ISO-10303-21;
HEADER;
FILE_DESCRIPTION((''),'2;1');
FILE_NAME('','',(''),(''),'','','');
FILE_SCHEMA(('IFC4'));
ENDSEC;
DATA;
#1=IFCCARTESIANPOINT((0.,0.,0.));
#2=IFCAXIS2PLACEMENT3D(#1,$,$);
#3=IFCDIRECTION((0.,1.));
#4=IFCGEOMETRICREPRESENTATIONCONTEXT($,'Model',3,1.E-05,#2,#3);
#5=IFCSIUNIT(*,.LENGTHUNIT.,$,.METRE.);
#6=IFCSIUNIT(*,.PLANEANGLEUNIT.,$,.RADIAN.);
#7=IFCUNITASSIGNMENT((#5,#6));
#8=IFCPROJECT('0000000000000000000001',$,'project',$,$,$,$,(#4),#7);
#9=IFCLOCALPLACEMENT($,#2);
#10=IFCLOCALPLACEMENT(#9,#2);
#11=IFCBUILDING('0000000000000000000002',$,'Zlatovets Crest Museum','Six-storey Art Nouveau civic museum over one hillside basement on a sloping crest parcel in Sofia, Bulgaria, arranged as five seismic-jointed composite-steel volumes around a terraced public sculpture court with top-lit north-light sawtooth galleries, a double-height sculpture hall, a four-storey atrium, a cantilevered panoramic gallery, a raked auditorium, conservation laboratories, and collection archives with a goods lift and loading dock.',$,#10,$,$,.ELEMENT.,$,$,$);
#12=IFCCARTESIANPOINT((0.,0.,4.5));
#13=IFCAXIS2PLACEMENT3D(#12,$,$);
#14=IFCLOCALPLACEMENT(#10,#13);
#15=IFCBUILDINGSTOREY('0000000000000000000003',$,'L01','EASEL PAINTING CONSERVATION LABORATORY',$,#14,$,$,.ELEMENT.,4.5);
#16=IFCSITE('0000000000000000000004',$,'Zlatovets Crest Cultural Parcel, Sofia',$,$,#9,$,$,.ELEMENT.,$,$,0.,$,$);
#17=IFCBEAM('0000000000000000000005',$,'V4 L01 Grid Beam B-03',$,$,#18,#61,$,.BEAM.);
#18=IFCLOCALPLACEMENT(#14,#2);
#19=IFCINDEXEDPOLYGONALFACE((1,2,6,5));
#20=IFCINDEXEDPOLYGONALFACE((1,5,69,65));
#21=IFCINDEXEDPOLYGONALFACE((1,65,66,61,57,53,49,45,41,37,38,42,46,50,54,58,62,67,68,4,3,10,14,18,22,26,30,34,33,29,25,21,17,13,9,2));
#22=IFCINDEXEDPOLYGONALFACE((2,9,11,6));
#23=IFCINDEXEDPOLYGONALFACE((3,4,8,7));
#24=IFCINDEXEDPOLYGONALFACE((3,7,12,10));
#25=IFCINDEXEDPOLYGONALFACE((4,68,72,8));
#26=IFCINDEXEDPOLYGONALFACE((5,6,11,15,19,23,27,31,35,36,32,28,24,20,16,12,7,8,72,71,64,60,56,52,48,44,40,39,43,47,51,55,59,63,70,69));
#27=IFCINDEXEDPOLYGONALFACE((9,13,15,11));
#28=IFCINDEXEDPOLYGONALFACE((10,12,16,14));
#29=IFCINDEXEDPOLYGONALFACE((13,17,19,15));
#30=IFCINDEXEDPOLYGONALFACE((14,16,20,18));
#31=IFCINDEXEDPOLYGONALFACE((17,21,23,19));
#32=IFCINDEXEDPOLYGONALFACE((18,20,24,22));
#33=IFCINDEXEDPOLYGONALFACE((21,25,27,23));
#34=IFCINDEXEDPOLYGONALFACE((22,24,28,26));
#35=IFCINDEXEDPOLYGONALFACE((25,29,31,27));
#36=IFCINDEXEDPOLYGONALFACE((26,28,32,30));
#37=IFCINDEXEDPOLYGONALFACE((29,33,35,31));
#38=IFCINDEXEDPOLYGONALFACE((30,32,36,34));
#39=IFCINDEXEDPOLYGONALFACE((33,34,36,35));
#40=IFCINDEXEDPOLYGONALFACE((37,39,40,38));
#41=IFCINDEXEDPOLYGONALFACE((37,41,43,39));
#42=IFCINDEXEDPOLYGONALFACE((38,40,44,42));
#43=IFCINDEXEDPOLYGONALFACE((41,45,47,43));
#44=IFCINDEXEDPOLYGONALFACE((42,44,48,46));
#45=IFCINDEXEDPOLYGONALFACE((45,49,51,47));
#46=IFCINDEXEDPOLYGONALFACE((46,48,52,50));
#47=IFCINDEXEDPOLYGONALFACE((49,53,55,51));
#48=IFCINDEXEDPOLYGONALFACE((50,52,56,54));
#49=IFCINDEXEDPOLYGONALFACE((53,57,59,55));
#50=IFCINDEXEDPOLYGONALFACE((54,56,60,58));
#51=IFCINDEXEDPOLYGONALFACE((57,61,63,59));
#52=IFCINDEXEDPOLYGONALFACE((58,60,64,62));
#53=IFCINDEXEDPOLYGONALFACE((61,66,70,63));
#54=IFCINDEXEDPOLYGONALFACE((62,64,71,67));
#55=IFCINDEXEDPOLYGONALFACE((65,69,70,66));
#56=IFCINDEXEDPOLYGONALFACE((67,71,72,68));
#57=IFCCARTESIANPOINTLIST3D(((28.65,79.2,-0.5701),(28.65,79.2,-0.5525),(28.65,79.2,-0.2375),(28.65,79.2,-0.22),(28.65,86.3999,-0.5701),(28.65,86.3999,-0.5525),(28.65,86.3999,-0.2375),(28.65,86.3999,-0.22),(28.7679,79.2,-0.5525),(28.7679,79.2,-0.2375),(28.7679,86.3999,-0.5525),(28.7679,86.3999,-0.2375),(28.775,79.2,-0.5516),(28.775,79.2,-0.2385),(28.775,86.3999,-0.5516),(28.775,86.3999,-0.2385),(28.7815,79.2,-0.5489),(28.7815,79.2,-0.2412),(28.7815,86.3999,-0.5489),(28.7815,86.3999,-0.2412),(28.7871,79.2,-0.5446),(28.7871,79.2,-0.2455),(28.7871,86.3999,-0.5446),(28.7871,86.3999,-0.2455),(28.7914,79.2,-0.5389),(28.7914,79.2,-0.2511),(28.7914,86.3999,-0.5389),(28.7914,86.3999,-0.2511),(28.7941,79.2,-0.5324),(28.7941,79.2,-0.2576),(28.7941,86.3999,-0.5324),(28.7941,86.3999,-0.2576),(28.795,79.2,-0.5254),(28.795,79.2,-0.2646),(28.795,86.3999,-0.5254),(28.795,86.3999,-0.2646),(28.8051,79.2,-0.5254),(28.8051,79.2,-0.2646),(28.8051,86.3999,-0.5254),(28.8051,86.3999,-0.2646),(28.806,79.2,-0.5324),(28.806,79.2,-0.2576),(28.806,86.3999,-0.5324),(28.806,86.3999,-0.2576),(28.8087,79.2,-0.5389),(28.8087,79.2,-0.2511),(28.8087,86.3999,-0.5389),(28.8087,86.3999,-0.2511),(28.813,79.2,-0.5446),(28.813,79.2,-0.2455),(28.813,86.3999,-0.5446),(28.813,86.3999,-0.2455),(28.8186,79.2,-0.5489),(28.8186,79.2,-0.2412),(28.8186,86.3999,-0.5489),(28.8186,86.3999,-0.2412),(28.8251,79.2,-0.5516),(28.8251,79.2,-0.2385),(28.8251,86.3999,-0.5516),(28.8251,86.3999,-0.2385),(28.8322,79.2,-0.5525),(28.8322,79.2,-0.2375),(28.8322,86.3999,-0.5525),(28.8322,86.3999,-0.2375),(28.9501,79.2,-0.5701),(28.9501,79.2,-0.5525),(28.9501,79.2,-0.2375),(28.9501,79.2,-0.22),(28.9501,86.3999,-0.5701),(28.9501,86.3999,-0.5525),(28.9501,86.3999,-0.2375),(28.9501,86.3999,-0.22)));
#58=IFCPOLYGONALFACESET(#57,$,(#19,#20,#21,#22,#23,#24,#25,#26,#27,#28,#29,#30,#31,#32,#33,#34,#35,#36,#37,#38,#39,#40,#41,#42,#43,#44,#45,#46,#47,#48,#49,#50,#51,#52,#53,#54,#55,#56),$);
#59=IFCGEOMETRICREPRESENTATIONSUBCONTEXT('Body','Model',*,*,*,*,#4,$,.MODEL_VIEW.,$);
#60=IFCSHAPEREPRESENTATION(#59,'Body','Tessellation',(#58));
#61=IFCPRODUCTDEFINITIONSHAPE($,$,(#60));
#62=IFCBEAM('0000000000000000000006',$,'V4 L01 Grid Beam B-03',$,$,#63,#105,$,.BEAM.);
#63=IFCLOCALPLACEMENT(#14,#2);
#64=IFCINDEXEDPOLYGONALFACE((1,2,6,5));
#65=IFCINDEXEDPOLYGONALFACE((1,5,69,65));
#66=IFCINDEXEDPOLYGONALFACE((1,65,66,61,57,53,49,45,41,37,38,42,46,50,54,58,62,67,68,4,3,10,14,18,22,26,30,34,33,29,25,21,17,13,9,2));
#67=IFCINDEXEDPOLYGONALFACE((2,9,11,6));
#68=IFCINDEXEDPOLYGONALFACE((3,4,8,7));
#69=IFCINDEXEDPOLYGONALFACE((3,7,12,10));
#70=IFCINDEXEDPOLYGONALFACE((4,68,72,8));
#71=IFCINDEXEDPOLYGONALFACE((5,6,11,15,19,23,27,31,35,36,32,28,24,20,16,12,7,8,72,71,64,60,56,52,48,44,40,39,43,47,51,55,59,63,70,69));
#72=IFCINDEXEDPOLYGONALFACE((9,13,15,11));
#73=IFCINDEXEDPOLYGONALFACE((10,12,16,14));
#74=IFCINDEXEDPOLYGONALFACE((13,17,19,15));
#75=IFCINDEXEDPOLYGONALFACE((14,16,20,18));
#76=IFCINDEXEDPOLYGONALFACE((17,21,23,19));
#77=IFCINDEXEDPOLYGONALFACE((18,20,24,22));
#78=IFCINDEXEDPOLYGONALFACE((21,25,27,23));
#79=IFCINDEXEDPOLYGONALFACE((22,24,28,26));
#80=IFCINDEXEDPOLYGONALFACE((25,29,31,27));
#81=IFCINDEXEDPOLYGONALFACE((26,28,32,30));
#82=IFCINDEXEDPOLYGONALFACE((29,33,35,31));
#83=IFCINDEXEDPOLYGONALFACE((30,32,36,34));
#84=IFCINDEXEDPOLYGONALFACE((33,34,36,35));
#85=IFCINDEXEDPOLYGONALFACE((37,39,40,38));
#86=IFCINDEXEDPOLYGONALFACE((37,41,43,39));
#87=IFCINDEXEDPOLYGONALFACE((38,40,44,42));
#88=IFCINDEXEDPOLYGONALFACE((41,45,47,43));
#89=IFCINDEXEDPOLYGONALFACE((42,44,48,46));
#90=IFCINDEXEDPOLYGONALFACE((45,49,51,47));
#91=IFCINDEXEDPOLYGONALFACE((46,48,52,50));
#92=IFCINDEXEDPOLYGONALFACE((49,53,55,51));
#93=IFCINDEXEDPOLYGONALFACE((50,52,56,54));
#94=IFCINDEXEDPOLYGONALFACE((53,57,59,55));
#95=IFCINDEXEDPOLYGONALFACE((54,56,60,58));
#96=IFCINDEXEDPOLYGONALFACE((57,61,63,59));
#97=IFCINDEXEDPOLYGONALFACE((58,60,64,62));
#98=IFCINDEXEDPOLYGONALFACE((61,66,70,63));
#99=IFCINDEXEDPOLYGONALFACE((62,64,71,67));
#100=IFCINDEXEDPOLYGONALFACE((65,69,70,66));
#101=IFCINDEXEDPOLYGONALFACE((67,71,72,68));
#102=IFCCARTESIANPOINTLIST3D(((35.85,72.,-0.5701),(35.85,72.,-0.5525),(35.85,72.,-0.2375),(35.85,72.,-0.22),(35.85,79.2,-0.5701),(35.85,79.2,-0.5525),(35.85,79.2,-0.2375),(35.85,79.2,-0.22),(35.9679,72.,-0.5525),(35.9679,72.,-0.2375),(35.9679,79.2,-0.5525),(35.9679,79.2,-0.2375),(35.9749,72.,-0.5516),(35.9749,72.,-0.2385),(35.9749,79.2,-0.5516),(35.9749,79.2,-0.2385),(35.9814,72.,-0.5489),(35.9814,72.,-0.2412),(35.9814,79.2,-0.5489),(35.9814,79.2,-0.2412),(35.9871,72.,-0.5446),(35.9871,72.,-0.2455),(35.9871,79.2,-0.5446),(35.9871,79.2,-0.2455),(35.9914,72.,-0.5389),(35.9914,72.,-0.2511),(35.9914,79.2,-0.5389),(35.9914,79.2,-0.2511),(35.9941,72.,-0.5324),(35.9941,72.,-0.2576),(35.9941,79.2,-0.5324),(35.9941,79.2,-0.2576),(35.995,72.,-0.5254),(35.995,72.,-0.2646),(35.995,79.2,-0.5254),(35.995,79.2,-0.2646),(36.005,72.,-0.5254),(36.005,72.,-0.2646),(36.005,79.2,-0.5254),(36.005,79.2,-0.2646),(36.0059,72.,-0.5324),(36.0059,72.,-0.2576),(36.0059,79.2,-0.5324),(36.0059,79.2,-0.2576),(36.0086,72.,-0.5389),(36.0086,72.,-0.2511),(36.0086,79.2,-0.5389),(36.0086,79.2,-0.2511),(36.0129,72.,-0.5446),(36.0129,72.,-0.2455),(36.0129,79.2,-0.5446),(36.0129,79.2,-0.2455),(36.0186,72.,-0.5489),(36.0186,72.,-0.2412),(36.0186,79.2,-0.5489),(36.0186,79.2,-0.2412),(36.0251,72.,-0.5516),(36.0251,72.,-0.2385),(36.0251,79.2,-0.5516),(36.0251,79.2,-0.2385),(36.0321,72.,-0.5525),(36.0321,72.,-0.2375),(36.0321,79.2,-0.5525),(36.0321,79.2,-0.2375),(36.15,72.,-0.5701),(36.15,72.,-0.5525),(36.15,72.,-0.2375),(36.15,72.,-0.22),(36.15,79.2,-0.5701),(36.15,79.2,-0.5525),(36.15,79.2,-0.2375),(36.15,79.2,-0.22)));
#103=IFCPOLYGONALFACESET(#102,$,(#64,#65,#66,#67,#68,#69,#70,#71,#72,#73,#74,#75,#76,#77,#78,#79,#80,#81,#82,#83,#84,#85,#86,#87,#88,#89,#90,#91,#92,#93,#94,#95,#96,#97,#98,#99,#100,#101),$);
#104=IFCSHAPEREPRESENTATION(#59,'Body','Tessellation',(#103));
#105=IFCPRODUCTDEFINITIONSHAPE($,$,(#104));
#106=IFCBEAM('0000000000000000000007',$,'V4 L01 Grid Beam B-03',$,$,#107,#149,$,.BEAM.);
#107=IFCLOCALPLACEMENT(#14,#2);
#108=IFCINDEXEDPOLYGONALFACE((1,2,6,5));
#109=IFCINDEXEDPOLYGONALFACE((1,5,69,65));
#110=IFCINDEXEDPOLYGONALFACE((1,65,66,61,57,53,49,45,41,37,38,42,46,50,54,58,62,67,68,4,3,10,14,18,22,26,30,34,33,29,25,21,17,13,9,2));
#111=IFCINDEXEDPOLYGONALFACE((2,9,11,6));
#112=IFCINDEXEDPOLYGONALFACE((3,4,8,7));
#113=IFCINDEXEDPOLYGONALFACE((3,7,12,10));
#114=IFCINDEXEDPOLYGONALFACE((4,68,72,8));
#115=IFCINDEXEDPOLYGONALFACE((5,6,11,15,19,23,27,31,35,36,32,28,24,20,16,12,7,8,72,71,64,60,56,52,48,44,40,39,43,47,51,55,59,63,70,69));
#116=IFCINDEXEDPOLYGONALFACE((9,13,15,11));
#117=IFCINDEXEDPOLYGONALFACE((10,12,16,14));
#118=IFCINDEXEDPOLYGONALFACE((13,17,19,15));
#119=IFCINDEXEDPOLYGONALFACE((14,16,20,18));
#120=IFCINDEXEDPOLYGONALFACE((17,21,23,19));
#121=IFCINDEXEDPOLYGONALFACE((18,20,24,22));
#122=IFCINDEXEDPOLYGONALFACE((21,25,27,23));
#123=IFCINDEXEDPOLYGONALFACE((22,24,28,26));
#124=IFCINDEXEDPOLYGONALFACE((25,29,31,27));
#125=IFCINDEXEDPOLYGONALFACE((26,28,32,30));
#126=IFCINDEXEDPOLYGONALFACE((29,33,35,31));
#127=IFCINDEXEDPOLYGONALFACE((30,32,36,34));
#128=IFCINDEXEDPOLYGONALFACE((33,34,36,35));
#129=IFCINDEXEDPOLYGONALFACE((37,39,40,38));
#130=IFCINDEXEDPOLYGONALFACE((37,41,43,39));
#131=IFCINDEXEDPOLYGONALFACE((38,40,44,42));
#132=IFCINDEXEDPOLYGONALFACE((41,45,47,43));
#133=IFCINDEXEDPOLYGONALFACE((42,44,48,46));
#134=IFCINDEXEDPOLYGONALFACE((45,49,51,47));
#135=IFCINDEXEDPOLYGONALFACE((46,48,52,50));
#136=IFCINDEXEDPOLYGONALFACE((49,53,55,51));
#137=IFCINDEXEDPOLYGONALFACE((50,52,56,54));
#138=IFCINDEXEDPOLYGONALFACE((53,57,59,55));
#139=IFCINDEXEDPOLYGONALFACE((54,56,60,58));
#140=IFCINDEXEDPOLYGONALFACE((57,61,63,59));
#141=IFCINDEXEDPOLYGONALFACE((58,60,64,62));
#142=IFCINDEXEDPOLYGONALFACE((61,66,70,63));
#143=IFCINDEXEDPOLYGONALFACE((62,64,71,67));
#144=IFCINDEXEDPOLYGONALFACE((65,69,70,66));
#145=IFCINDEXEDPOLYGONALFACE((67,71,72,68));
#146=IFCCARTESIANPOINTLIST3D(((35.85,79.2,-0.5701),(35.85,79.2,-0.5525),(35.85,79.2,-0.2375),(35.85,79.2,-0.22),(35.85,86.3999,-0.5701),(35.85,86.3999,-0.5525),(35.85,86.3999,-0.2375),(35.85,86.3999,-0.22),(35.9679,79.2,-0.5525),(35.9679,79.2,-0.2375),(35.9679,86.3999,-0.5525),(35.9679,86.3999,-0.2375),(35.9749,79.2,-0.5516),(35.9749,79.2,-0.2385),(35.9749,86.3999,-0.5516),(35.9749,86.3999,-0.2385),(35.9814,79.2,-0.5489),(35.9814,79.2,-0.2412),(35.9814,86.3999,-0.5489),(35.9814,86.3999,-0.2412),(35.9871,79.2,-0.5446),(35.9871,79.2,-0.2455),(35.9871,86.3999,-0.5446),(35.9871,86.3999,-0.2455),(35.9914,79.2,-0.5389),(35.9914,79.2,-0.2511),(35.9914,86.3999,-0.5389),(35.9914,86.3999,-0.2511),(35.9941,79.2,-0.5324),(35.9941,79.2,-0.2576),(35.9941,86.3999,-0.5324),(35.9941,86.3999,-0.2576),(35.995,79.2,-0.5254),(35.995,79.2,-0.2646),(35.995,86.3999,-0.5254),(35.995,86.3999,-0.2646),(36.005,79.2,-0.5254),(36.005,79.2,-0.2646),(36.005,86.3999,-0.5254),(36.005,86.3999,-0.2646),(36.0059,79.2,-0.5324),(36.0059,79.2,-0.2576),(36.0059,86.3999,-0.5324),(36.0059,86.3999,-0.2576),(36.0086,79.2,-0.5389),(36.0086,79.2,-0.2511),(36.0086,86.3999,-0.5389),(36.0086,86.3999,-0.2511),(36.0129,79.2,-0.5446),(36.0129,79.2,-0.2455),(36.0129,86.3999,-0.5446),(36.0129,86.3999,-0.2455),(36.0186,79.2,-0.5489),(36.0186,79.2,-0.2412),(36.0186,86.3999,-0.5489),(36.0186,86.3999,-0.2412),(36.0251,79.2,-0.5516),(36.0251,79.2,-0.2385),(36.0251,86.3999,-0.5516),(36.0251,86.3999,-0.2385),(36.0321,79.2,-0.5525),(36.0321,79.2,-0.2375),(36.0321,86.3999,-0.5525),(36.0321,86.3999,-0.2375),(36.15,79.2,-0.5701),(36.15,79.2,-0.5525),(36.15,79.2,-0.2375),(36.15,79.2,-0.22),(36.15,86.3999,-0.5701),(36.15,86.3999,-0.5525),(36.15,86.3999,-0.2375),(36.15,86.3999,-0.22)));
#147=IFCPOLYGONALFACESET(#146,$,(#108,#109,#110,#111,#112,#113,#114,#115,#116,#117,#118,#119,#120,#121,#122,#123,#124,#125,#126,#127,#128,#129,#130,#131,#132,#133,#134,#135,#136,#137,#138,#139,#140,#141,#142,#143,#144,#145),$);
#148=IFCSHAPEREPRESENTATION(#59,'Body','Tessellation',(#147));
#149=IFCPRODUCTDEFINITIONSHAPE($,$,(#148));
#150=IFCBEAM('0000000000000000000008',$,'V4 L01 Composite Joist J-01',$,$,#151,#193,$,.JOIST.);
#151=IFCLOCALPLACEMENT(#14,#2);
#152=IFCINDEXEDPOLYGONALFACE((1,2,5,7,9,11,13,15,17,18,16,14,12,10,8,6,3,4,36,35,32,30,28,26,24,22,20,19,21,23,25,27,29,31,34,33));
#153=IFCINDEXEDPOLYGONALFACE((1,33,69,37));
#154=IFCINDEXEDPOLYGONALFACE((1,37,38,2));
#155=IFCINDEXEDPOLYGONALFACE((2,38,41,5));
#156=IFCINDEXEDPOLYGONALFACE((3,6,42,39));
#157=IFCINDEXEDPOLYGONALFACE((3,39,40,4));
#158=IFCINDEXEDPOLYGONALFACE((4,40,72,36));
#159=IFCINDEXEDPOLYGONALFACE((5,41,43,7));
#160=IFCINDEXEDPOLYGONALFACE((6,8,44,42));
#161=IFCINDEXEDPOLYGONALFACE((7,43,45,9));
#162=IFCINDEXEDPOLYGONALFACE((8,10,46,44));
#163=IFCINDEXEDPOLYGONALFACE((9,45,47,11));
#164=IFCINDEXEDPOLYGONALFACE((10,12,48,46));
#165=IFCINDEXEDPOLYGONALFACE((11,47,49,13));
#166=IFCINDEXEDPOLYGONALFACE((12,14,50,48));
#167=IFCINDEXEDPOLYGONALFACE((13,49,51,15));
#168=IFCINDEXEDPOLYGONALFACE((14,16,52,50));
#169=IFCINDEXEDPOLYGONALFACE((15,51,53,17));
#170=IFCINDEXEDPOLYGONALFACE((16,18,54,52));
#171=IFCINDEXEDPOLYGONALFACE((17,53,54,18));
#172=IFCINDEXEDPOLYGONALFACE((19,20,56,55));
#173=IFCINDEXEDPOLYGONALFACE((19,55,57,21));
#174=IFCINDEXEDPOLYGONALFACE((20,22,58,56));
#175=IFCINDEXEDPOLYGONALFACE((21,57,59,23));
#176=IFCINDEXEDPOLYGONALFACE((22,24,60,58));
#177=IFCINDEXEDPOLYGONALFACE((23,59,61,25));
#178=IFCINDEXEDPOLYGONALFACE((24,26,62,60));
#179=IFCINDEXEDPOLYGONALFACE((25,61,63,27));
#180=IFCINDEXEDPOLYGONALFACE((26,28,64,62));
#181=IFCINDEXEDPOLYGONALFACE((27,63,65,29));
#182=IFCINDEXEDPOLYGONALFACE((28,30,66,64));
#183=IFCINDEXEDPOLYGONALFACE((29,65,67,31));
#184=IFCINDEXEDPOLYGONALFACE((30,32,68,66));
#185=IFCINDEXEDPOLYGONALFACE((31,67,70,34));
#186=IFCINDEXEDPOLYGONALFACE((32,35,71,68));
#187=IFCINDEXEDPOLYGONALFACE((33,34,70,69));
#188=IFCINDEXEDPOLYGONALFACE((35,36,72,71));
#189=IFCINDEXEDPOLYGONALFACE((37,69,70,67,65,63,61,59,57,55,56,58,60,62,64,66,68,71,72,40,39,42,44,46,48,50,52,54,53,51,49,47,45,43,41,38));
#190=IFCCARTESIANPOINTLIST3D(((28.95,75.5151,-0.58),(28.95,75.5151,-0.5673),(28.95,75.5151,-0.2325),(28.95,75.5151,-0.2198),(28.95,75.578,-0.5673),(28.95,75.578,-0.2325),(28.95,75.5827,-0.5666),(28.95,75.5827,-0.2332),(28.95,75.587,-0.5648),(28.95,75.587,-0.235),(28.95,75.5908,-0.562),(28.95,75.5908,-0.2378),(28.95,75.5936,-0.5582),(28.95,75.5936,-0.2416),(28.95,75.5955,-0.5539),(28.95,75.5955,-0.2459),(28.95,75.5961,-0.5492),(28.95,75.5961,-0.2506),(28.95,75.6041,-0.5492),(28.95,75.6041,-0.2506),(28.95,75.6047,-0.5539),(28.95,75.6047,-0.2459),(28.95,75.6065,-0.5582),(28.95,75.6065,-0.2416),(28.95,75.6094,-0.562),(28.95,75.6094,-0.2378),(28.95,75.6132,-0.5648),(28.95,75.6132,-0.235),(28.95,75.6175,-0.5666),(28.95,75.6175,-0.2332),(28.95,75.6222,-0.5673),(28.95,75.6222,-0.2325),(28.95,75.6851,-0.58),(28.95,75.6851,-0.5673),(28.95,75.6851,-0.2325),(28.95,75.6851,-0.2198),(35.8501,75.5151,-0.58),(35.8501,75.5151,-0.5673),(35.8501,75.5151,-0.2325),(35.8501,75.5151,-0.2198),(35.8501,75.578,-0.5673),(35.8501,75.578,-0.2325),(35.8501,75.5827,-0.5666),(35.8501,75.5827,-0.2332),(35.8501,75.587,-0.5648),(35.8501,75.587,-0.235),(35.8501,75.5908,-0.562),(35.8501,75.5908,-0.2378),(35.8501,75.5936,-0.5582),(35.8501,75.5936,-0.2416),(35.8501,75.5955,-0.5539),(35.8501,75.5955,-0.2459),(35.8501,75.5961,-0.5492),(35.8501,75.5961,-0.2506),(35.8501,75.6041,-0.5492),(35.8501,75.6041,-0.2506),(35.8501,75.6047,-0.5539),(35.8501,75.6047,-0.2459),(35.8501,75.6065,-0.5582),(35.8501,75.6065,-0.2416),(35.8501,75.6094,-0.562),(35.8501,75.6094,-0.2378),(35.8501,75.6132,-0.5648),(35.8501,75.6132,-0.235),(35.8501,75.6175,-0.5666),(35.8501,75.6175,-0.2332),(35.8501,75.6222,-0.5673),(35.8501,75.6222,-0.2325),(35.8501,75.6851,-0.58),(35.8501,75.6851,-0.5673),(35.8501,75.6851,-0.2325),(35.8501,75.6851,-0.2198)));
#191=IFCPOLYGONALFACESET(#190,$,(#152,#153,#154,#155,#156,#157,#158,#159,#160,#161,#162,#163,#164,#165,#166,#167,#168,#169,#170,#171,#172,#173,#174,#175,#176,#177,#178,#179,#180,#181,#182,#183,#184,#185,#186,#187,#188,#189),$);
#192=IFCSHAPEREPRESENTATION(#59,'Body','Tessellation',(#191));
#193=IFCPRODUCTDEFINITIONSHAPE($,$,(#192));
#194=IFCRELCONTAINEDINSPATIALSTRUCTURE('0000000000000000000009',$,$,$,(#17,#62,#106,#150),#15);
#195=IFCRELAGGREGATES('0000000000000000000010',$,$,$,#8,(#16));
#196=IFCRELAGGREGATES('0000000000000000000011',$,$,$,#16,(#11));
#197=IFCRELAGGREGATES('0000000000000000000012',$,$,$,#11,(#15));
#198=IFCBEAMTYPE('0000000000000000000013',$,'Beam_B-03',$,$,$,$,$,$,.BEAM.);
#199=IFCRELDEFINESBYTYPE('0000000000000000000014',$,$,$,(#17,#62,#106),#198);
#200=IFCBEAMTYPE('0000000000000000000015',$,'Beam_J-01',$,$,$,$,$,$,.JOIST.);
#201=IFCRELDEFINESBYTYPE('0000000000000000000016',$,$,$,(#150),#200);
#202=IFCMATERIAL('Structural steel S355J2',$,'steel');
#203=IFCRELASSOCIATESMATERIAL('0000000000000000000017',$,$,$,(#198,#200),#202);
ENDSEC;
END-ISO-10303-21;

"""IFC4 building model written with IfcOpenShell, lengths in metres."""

from ifc_helpers import new_model, si_unit, direction, frame, origin, origin_2d, place, context, subcontext, project, spatial, i_section, extrude, material, material_profile, profile_set, type_object, element, save


model = new_model("IFC4")

# Units and contexts
model_context = context("Model", 3, precision=1e-05, world=origin(), true_north=direction((0.0, 1.0)))
body_context = subcontext(model_context, "Body", "Model", "MODEL_VIEW")
ifc_project = project(units=[si_unit("LENGTHUNIT", "METRE"), si_unit("PLANEANGLEUNIT", "RADIAN")], contexts=[model_context])

# Site, building, storey
site_placement = place(None, origin())
site = spatial("IfcSite", under=ifc_project, at=site_placement, Name="Zlatovets Crest Cultural Parcel, Sofia", CompositionType="ELEMENT", RefElevation=0.0)
building_placement = place(site_placement, origin())
building = spatial("IfcBuilding", under=site, at=building_placement, Name="Zlatovets Crest Museum", Description="Six-storey Art Nouveau civic museum over one hillside basement on a sloping crest parcel in Sofia, Bulgaria, arranged as five seismic-jointed composite-steel volumes around a terraced public sculpture court with top-lit north-light sawtooth galleries, a double-height sculpture hall, a four-storey atrium, a cantilevered panoramic gallery, a raked auditorium, conservation laboratories, and collection archives with a goods lift and loading dock.", CompositionType="ELEMENT")
storey_placement = place(building_placement, frame((0.0, 0.0, 4.5)))
storey = spatial("IfcBuildingStorey", under=building, at=storey_placement, Name="L01", Description="EASEL PAINTING CONSERVATION LABORATORY", CompositionType="ELEMENT", Elevation=4.5)

# Shared definitions
ifc_material_1 = material(Name="Structural steel S355J2", Category="steel")

# Beams
ifc_material_profile_1 = material_profile(ifc_material_1, i_section(OverallWidth=0.3, OverallDepth=0.3501, WebThickness=0.01, FlangeThickness=0.0176, FilletRadius=0.0271, at=origin_2d()), Name="HEA 360")
ifc_profile_set_1 = profile_set([ifc_material_profile_1], Name="Structural steel S355J2")
beam_type_1 = type_object("IfcBeamType", Name="Beam_B-03", PredefinedType="BEAM", material=ifc_profile_set_1)
for number, where, z_axis, x_axis, name in (
    (1, (28.8, 79.2, -0.395), (0.0, 1.0, 0.0), (-1.0, 0.0, 0.0), "V4 L01 Grid Beam B-03"),
    (2, (36.0, 72.0, -0.395), (0.0, 1.0, 0.0), (-1.0, 0.0, 0.0), "V4 L01 Grid Beam B-03"),
    (3, (36.0, 79.2, -0.395), (0.0, 1.0, 0.0), (-1.0, 0.0, 0.0), "V4 L01 Grid Beam B-03"),
):
    element("IfcBeam", number, at=place(storey_placement, frame(where, z_axis=z_axis, x_axis=x_axis)), inside=storey, type_object=beam_type_1, Name=name, PredefinedType="BEAM", context=body_context, shape_type="SweptSolid", body=[
        extrude(i_section(OverallWidth=0.3, OverallDepth=0.3501, WebThickness=0.01, FlangeThickness=0.0176, FilletRadius=0.0271, at=origin_2d()), origin(), (0.0, 0.0, 1.0), 7.2),
    ])
ifc_material_profile_2 = material_profile(ifc_material_1, i_section(OverallWidth=0.1699, OverallDepth=0.3601, WebThickness=0.0081, FlangeThickness=0.0127, FilletRadius=0.0181, at=origin_2d()), Name="IPE 360")
ifc_profile_set_2 = profile_set([ifc_material_profile_2], Name="Structural steel S355J2")
beam_type_2 = type_object("IfcBeamType", Name="Beam_J-01", PredefinedType="JOIST", material=ifc_profile_set_2)
for number, where, z_axis, x_axis, name in (
    (4, (28.95, 75.6001, -0.3999), (1.0, 0.0, 0.0), (0.0, 1.0, 0.0), "V4 L01 Composite Joist J-01"),
):
    element("IfcBeam", number, at=place(storey_placement, frame(where, z_axis=z_axis, x_axis=x_axis)), inside=storey, type_object=beam_type_2, Name=name, PredefinedType="JOIST", context=body_context, shape_type="SweptSolid", body=[
        extrude(i_section(OverallWidth=0.1699, OverallDepth=0.3601, WebThickness=0.0081, FlangeThickness=0.0127, FilletRadius=0.0181, at=origin_2d()), origin(), (0.0, 0.0, 1.0), 6.9001),
    ])

save(model, "model.ifc")
